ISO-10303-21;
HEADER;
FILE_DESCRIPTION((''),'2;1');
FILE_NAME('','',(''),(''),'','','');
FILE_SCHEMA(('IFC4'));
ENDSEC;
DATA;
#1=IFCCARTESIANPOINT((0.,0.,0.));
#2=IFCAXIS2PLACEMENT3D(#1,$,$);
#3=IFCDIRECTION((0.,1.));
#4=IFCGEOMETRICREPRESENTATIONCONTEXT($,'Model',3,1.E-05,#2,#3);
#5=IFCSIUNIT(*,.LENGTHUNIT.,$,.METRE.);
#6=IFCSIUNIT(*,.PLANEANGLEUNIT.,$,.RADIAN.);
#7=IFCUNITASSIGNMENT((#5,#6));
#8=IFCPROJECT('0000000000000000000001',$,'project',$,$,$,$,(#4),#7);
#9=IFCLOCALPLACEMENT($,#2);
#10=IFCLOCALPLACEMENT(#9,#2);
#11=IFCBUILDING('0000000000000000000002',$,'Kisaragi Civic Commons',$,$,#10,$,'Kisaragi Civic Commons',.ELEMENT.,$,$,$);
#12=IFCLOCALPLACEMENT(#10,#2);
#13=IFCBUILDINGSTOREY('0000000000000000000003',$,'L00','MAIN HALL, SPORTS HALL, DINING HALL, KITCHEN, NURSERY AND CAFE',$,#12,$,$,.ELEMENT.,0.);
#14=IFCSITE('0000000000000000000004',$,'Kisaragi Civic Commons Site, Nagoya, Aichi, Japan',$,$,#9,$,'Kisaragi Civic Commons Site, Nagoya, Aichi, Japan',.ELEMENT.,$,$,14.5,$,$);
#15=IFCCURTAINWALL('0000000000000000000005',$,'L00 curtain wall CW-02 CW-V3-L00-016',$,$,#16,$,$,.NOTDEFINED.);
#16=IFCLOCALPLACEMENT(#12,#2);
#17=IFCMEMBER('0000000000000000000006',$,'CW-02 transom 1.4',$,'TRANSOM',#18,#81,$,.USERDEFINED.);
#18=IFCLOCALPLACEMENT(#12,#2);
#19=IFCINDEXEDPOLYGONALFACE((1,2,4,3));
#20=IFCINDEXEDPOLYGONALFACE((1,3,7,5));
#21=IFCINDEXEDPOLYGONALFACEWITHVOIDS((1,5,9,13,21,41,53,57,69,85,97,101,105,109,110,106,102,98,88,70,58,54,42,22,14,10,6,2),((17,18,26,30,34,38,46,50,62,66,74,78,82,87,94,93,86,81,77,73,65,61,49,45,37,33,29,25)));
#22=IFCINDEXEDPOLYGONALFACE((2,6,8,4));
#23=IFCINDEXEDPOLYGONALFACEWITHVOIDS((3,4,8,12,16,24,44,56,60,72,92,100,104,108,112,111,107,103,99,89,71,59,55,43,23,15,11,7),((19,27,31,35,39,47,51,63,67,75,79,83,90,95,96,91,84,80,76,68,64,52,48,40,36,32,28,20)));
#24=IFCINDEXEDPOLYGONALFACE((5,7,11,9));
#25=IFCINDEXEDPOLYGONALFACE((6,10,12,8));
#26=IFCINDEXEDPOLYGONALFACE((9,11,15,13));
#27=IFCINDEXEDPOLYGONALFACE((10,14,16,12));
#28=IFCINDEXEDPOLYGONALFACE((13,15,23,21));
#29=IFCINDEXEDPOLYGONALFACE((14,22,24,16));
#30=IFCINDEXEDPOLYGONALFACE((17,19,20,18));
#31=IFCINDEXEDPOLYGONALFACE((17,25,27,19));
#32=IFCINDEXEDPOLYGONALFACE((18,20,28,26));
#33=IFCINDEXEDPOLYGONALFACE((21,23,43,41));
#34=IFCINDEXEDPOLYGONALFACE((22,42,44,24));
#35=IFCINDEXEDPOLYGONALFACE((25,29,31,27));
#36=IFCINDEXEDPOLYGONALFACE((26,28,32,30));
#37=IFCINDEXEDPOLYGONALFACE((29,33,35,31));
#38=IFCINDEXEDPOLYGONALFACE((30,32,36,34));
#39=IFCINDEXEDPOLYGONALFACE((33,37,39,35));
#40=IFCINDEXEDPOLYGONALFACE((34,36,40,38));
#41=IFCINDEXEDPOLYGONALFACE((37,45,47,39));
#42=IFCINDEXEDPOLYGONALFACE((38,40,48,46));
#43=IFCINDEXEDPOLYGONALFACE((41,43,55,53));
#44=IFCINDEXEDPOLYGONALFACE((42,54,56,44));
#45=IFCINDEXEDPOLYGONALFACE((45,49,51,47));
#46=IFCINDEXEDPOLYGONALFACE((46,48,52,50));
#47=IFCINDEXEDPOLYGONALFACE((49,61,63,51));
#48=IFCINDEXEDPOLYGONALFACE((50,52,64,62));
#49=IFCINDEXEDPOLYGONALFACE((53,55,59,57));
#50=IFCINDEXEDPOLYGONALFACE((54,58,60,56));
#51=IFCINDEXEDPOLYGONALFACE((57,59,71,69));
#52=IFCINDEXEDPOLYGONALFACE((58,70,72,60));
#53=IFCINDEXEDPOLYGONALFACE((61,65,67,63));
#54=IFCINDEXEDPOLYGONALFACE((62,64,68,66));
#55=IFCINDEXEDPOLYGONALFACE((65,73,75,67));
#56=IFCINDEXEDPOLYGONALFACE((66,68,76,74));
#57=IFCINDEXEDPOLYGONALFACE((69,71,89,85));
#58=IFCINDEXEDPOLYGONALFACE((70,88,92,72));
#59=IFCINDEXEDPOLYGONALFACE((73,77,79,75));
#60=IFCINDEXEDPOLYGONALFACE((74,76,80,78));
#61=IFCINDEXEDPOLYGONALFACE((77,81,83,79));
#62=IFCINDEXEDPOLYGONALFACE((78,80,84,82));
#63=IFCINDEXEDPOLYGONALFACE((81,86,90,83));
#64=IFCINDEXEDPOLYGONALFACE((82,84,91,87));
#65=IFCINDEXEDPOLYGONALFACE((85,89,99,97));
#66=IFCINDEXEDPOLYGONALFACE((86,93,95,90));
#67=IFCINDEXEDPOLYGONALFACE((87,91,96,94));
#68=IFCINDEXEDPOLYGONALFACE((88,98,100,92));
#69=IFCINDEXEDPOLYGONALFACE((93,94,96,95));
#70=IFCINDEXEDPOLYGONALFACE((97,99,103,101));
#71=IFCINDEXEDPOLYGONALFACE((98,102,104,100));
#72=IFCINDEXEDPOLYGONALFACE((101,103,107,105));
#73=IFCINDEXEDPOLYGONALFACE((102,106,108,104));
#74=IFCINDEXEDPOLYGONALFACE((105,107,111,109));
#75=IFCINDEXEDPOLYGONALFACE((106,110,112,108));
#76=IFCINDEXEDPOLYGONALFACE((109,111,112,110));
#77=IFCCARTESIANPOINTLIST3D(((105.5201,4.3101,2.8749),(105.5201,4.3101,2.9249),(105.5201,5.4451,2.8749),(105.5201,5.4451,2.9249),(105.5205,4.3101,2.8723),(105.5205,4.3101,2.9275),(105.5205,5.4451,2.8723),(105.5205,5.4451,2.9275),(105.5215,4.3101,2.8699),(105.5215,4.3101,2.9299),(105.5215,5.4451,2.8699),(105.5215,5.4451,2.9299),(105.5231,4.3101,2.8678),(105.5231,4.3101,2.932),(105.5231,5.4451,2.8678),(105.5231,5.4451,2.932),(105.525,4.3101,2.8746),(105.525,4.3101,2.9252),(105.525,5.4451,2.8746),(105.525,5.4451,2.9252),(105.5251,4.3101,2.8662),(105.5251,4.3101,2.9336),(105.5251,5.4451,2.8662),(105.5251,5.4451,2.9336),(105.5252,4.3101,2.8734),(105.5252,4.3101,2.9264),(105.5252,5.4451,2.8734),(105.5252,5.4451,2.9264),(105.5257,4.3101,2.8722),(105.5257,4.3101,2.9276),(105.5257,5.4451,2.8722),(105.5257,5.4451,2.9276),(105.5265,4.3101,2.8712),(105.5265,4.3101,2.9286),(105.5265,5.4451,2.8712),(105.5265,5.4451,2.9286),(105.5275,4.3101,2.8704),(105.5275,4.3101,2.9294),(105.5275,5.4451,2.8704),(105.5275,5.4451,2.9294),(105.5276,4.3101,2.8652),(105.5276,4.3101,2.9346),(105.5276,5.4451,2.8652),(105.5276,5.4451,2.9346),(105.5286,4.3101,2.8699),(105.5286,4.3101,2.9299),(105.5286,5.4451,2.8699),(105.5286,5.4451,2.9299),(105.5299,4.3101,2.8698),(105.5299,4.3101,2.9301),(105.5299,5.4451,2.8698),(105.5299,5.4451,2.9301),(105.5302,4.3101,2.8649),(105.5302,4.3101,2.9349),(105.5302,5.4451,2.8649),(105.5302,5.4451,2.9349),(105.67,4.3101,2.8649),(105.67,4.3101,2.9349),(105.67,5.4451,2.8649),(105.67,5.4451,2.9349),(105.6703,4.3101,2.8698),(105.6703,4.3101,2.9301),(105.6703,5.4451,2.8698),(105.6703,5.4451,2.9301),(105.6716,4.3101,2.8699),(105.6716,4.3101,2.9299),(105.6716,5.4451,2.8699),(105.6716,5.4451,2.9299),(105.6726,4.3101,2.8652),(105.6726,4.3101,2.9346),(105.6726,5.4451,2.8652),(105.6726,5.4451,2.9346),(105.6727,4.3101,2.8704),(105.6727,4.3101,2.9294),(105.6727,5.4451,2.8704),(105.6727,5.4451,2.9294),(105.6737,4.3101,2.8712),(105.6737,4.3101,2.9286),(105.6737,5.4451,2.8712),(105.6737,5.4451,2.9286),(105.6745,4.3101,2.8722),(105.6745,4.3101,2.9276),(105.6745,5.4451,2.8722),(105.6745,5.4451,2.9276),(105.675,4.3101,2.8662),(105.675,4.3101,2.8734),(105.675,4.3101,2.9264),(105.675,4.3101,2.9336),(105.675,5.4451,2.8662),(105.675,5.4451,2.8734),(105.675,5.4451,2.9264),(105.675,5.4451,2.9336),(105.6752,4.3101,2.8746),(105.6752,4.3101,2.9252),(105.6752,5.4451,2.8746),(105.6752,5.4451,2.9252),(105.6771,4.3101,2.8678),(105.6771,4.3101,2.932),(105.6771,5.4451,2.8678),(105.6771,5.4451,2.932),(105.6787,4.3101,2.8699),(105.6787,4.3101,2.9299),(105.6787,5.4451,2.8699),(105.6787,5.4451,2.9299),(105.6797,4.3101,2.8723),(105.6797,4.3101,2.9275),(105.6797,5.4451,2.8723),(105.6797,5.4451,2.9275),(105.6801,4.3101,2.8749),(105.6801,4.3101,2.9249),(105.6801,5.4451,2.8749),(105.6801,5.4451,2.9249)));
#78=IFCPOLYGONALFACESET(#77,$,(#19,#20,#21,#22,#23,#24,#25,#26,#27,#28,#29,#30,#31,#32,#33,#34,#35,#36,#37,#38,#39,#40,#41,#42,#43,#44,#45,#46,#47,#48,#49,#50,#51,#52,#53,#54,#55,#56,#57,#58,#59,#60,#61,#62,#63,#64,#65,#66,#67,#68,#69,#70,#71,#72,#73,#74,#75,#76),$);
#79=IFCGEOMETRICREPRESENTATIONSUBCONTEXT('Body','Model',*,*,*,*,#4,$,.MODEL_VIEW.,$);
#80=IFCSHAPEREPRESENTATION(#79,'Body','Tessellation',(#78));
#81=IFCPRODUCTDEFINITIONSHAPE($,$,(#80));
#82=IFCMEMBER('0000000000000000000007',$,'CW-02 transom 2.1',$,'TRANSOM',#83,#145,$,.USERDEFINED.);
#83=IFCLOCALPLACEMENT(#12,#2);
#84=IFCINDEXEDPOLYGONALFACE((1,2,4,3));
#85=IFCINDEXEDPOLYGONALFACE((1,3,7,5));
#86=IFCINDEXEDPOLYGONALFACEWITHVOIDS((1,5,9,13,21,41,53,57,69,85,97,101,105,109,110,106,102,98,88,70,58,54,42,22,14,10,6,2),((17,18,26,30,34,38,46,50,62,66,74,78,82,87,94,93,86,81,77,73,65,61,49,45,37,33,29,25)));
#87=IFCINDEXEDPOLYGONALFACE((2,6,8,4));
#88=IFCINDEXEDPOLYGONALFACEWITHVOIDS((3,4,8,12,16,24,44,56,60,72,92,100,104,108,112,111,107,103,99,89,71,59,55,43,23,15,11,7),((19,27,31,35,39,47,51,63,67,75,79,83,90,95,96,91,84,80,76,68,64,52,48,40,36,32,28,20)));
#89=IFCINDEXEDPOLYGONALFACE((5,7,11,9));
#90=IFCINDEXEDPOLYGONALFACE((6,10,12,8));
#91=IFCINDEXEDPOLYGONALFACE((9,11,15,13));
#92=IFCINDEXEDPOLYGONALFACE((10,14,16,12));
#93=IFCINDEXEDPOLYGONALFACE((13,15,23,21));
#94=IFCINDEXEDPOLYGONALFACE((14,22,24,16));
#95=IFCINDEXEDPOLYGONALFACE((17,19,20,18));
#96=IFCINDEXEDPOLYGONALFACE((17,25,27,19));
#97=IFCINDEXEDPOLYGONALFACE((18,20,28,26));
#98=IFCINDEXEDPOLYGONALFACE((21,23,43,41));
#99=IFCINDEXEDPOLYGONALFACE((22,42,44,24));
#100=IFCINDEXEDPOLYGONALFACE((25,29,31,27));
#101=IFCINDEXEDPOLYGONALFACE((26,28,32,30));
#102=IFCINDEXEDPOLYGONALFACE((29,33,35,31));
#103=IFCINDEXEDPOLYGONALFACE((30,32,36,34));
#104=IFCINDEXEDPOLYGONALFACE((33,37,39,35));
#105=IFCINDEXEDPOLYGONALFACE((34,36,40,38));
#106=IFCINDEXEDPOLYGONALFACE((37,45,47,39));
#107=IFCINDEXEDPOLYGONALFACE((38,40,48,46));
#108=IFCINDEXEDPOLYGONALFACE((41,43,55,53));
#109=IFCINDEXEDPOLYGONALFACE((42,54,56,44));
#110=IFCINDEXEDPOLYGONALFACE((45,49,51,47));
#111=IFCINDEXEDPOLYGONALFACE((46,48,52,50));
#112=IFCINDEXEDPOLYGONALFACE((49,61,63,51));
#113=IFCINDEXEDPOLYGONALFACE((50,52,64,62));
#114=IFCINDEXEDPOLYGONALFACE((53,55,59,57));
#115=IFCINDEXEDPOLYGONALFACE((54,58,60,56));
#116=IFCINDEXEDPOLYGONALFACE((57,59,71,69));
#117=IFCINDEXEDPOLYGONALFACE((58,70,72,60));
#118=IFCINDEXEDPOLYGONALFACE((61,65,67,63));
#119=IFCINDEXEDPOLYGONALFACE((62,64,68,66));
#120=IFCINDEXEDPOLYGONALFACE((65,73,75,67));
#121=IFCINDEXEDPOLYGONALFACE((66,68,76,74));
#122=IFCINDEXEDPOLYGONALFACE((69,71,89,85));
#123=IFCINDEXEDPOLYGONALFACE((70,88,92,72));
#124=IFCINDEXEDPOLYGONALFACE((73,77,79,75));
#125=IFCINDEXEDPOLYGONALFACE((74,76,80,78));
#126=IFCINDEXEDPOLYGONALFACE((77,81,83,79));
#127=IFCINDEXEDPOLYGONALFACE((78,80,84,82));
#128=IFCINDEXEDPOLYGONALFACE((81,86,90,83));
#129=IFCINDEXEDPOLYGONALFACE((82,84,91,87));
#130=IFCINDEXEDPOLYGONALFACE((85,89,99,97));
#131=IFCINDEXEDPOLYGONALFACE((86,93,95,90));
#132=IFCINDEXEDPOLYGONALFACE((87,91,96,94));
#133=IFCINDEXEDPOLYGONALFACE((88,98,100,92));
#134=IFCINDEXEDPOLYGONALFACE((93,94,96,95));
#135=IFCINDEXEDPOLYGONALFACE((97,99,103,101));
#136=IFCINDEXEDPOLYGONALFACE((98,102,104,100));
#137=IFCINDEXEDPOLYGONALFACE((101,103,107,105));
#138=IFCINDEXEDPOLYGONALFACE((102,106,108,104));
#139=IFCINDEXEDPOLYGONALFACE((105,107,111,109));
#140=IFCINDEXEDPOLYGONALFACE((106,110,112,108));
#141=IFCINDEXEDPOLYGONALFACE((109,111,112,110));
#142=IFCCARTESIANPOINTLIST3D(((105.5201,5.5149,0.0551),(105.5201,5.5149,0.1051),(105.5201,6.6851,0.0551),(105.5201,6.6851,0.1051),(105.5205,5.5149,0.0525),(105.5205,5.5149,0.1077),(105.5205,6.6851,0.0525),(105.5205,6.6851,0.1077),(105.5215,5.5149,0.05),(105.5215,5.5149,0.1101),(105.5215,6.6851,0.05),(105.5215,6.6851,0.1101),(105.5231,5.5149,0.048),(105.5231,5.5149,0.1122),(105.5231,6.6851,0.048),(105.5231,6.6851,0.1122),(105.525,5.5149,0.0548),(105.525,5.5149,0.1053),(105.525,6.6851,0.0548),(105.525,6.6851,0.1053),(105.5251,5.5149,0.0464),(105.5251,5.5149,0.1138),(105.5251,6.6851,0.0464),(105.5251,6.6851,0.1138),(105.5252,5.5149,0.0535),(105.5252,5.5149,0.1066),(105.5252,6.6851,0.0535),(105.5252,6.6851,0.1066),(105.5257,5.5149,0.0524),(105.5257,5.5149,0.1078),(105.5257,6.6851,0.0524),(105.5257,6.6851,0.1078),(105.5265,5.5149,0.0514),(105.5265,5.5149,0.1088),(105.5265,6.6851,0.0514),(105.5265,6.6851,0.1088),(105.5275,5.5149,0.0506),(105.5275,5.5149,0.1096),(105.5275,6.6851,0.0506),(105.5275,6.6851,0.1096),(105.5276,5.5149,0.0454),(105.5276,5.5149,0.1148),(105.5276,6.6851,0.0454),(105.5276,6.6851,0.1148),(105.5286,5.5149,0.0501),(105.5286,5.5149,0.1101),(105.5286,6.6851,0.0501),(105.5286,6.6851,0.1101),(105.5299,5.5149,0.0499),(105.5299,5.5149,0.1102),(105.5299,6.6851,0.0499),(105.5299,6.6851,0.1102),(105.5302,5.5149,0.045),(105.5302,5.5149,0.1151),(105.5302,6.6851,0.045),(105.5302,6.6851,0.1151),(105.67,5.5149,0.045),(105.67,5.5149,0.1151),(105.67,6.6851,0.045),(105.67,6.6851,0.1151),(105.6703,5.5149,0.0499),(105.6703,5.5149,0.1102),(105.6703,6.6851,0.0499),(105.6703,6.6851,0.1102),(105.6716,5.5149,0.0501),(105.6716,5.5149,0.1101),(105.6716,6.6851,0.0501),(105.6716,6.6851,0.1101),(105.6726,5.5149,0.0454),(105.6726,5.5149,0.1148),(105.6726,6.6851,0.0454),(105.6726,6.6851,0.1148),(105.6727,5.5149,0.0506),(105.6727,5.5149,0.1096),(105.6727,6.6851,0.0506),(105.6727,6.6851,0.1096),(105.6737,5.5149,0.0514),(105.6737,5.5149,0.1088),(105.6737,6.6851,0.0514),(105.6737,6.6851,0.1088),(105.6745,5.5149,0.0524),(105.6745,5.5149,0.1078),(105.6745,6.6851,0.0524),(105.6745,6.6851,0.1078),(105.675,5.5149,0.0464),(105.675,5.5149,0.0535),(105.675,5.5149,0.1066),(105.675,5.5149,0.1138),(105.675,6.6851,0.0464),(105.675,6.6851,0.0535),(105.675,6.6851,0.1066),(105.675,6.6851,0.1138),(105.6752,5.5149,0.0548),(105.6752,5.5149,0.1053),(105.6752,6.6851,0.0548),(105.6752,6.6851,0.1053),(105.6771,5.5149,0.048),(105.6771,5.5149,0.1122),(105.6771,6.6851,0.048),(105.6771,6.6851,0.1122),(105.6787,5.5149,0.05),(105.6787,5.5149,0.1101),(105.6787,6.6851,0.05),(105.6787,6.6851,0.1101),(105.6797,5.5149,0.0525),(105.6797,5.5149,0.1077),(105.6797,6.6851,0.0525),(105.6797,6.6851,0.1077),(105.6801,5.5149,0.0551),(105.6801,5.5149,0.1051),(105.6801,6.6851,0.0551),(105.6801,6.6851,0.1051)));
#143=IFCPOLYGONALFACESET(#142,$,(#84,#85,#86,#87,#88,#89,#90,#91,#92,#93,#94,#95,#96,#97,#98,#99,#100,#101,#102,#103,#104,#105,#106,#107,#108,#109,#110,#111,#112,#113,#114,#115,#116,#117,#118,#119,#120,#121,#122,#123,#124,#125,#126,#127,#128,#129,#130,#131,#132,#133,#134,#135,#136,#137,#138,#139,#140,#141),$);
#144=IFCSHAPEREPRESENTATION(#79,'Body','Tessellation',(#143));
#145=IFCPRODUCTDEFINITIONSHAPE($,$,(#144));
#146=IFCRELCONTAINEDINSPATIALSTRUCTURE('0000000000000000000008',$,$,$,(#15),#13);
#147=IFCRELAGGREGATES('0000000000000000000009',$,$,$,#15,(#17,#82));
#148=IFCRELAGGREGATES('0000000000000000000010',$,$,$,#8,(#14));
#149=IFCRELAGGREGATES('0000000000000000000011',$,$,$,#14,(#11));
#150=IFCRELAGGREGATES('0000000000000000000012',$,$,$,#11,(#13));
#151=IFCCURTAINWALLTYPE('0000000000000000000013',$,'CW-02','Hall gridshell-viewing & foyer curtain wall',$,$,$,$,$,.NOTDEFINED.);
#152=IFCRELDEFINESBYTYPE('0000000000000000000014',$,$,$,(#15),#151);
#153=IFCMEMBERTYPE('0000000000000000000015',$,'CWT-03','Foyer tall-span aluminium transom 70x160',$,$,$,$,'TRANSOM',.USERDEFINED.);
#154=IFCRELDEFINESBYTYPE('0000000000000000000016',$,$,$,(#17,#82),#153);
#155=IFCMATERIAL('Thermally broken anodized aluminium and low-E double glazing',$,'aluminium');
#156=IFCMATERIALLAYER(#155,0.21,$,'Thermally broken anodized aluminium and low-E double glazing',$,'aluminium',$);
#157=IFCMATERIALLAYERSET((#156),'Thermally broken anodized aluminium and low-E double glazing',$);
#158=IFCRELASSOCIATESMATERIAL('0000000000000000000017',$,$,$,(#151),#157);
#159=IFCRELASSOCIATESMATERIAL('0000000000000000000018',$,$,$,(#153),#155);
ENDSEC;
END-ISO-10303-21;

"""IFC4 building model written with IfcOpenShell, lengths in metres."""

from ifc_helpers import new_model, si_unit, direction, frame, origin, origin_2d, place, context, subcontext, project, spatial, hollow_rectangle, extrude, material, layer, layer_set, material_profile, profile_set, type_object, element, aggregate, save


model = new_model("IFC4")

# Units and contexts
model_context = context("Model", 3, precision=1e-05, world=origin(), true_north=direction((0.0, 1.0)))
body_context = subcontext(model_context, "Body", "Model", "MODEL_VIEW")
ifc_project = project(units=[si_unit("LENGTHUNIT", "METRE"), si_unit("PLANEANGLEUNIT", "RADIAN")], contexts=[model_context])

# Site, building, storey
site_placement = place(None, origin())
site = spatial("IfcSite", under=ifc_project, at=site_placement, Name="Kisaragi Civic Commons Site, Nagoya, Aichi, Japan", LongName="Kisaragi Civic Commons Site, Nagoya, Aichi, Japan", CompositionType="ELEMENT", RefElevation=14.5)
building_placement = place(site_placement, origin())
building = spatial("IfcBuilding", under=site, at=building_placement, Name="Kisaragi Civic Commons", LongName="Kisaragi Civic Commons", CompositionType="ELEMENT")
storey_placement = place(building_placement, origin())
storey = spatial("IfcBuildingStorey", under=building, at=storey_placement, Name="L00", Description="MAIN HALL, SPORTS HALL, DINING HALL, KITCHEN, NURSERY AND CAFE", CompositionType="ELEMENT", Elevation=0.0)

# Curtain wall
ifc_material_1 = material(Name="Thermally broken anodized aluminium and low-E double glazing", Category="aluminium")
ifc_layer_1 = layer(ifc_material_1, 0.21, Name="Thermally broken anodized aluminium and low-E double glazing", Category="aluminium")
ifc_layer_set_1 = layer_set([ifc_layer_1], Name="Thermally broken anodized aluminium and low-E double glazing")
curtain_wall_type = type_object("IfcCurtainWallType", Name="CW-02", Description="Hall gridshell-viewing & foyer curtain wall", PredefinedType="NOTDEFINED", material=ifc_layer_set_1)
curtain_wall_1_placement = place(storey_placement, origin())
curtain_wall_1 = element("IfcCurtainWall", 1, at=curtain_wall_1_placement, inside=storey, type_object=curtain_wall_type, Name="L00 curtain wall CW-02 CW-V3-L00-016", PredefinedType="NOTDEFINED")

# Members
ifc_material_profile_1 = material_profile(ifc_material_1, hollow_rectangle(XDim=0.1599, YDim=0.0701, WallThickness=0.0049, InnerFilletRadius=0.0049, OuterFilletRadius=0.01, at=origin_2d()), Name="CWT-70x160x5", Category="aluminium")
ifc_profile_set_1 = profile_set([ifc_material_profile_1], Name="Thermally broken anodized aluminium and low-E double glazing")
member_type_1 = type_object("IfcMemberType", Name="CWT-03", Description="Foyer tall-span aluminium transom 70x160", ElementType="TRANSOM", PredefinedType="USERDEFINED", material=ifc_profile_set_1)
member_1_placement = place(storey_placement, frame((105.6001, 4.3101, 2.8999), z_axis=(0.0, 1.0, 0.0), x_axis=(-1.0, 0.0, 0.0)))
member_1 = element("IfcMember", 2, at=member_1_placement, type_object=member_type_1, Name="CW-02 transom 1.4", ObjectType="TRANSOM", PredefinedType="USERDEFINED", context=body_context, shape_type="SweptSolid", body=[
    extrude(hollow_rectangle(XDim=0.1599, YDim=0.0701, WallThickness=0.0049, InnerFilletRadius=0.0049, OuterFilletRadius=0.01, at=origin_2d()), origin(), (0.0, 0.0, 1.0), 1.135),
])
member_2_placement = place(storey_placement, frame((105.6001, 5.5149, 0.0801), z_axis=(0.0, 1.0, 0.0), x_axis=(-1.0, 0.0, 0.0)))
member_2 = element("IfcMember", 3, at=member_2_placement, type_object=member_type_1, Name="CW-02 transom 2.1", ObjectType="TRANSOM", PredefinedType="USERDEFINED", context=body_context, shape_type="SweptSolid", body=[
    extrude(hollow_rectangle(XDim=0.1599, YDim=0.0701, WallThickness=0.0049, InnerFilletRadius=0.0049, OuterFilletRadius=0.01, at=origin_2d()), origin(), (0.0, 0.0, 1.0), 1.1702),
])

aggregate(curtain_wall_1, [member_1, member_2])

save(model, "model.ifc")
